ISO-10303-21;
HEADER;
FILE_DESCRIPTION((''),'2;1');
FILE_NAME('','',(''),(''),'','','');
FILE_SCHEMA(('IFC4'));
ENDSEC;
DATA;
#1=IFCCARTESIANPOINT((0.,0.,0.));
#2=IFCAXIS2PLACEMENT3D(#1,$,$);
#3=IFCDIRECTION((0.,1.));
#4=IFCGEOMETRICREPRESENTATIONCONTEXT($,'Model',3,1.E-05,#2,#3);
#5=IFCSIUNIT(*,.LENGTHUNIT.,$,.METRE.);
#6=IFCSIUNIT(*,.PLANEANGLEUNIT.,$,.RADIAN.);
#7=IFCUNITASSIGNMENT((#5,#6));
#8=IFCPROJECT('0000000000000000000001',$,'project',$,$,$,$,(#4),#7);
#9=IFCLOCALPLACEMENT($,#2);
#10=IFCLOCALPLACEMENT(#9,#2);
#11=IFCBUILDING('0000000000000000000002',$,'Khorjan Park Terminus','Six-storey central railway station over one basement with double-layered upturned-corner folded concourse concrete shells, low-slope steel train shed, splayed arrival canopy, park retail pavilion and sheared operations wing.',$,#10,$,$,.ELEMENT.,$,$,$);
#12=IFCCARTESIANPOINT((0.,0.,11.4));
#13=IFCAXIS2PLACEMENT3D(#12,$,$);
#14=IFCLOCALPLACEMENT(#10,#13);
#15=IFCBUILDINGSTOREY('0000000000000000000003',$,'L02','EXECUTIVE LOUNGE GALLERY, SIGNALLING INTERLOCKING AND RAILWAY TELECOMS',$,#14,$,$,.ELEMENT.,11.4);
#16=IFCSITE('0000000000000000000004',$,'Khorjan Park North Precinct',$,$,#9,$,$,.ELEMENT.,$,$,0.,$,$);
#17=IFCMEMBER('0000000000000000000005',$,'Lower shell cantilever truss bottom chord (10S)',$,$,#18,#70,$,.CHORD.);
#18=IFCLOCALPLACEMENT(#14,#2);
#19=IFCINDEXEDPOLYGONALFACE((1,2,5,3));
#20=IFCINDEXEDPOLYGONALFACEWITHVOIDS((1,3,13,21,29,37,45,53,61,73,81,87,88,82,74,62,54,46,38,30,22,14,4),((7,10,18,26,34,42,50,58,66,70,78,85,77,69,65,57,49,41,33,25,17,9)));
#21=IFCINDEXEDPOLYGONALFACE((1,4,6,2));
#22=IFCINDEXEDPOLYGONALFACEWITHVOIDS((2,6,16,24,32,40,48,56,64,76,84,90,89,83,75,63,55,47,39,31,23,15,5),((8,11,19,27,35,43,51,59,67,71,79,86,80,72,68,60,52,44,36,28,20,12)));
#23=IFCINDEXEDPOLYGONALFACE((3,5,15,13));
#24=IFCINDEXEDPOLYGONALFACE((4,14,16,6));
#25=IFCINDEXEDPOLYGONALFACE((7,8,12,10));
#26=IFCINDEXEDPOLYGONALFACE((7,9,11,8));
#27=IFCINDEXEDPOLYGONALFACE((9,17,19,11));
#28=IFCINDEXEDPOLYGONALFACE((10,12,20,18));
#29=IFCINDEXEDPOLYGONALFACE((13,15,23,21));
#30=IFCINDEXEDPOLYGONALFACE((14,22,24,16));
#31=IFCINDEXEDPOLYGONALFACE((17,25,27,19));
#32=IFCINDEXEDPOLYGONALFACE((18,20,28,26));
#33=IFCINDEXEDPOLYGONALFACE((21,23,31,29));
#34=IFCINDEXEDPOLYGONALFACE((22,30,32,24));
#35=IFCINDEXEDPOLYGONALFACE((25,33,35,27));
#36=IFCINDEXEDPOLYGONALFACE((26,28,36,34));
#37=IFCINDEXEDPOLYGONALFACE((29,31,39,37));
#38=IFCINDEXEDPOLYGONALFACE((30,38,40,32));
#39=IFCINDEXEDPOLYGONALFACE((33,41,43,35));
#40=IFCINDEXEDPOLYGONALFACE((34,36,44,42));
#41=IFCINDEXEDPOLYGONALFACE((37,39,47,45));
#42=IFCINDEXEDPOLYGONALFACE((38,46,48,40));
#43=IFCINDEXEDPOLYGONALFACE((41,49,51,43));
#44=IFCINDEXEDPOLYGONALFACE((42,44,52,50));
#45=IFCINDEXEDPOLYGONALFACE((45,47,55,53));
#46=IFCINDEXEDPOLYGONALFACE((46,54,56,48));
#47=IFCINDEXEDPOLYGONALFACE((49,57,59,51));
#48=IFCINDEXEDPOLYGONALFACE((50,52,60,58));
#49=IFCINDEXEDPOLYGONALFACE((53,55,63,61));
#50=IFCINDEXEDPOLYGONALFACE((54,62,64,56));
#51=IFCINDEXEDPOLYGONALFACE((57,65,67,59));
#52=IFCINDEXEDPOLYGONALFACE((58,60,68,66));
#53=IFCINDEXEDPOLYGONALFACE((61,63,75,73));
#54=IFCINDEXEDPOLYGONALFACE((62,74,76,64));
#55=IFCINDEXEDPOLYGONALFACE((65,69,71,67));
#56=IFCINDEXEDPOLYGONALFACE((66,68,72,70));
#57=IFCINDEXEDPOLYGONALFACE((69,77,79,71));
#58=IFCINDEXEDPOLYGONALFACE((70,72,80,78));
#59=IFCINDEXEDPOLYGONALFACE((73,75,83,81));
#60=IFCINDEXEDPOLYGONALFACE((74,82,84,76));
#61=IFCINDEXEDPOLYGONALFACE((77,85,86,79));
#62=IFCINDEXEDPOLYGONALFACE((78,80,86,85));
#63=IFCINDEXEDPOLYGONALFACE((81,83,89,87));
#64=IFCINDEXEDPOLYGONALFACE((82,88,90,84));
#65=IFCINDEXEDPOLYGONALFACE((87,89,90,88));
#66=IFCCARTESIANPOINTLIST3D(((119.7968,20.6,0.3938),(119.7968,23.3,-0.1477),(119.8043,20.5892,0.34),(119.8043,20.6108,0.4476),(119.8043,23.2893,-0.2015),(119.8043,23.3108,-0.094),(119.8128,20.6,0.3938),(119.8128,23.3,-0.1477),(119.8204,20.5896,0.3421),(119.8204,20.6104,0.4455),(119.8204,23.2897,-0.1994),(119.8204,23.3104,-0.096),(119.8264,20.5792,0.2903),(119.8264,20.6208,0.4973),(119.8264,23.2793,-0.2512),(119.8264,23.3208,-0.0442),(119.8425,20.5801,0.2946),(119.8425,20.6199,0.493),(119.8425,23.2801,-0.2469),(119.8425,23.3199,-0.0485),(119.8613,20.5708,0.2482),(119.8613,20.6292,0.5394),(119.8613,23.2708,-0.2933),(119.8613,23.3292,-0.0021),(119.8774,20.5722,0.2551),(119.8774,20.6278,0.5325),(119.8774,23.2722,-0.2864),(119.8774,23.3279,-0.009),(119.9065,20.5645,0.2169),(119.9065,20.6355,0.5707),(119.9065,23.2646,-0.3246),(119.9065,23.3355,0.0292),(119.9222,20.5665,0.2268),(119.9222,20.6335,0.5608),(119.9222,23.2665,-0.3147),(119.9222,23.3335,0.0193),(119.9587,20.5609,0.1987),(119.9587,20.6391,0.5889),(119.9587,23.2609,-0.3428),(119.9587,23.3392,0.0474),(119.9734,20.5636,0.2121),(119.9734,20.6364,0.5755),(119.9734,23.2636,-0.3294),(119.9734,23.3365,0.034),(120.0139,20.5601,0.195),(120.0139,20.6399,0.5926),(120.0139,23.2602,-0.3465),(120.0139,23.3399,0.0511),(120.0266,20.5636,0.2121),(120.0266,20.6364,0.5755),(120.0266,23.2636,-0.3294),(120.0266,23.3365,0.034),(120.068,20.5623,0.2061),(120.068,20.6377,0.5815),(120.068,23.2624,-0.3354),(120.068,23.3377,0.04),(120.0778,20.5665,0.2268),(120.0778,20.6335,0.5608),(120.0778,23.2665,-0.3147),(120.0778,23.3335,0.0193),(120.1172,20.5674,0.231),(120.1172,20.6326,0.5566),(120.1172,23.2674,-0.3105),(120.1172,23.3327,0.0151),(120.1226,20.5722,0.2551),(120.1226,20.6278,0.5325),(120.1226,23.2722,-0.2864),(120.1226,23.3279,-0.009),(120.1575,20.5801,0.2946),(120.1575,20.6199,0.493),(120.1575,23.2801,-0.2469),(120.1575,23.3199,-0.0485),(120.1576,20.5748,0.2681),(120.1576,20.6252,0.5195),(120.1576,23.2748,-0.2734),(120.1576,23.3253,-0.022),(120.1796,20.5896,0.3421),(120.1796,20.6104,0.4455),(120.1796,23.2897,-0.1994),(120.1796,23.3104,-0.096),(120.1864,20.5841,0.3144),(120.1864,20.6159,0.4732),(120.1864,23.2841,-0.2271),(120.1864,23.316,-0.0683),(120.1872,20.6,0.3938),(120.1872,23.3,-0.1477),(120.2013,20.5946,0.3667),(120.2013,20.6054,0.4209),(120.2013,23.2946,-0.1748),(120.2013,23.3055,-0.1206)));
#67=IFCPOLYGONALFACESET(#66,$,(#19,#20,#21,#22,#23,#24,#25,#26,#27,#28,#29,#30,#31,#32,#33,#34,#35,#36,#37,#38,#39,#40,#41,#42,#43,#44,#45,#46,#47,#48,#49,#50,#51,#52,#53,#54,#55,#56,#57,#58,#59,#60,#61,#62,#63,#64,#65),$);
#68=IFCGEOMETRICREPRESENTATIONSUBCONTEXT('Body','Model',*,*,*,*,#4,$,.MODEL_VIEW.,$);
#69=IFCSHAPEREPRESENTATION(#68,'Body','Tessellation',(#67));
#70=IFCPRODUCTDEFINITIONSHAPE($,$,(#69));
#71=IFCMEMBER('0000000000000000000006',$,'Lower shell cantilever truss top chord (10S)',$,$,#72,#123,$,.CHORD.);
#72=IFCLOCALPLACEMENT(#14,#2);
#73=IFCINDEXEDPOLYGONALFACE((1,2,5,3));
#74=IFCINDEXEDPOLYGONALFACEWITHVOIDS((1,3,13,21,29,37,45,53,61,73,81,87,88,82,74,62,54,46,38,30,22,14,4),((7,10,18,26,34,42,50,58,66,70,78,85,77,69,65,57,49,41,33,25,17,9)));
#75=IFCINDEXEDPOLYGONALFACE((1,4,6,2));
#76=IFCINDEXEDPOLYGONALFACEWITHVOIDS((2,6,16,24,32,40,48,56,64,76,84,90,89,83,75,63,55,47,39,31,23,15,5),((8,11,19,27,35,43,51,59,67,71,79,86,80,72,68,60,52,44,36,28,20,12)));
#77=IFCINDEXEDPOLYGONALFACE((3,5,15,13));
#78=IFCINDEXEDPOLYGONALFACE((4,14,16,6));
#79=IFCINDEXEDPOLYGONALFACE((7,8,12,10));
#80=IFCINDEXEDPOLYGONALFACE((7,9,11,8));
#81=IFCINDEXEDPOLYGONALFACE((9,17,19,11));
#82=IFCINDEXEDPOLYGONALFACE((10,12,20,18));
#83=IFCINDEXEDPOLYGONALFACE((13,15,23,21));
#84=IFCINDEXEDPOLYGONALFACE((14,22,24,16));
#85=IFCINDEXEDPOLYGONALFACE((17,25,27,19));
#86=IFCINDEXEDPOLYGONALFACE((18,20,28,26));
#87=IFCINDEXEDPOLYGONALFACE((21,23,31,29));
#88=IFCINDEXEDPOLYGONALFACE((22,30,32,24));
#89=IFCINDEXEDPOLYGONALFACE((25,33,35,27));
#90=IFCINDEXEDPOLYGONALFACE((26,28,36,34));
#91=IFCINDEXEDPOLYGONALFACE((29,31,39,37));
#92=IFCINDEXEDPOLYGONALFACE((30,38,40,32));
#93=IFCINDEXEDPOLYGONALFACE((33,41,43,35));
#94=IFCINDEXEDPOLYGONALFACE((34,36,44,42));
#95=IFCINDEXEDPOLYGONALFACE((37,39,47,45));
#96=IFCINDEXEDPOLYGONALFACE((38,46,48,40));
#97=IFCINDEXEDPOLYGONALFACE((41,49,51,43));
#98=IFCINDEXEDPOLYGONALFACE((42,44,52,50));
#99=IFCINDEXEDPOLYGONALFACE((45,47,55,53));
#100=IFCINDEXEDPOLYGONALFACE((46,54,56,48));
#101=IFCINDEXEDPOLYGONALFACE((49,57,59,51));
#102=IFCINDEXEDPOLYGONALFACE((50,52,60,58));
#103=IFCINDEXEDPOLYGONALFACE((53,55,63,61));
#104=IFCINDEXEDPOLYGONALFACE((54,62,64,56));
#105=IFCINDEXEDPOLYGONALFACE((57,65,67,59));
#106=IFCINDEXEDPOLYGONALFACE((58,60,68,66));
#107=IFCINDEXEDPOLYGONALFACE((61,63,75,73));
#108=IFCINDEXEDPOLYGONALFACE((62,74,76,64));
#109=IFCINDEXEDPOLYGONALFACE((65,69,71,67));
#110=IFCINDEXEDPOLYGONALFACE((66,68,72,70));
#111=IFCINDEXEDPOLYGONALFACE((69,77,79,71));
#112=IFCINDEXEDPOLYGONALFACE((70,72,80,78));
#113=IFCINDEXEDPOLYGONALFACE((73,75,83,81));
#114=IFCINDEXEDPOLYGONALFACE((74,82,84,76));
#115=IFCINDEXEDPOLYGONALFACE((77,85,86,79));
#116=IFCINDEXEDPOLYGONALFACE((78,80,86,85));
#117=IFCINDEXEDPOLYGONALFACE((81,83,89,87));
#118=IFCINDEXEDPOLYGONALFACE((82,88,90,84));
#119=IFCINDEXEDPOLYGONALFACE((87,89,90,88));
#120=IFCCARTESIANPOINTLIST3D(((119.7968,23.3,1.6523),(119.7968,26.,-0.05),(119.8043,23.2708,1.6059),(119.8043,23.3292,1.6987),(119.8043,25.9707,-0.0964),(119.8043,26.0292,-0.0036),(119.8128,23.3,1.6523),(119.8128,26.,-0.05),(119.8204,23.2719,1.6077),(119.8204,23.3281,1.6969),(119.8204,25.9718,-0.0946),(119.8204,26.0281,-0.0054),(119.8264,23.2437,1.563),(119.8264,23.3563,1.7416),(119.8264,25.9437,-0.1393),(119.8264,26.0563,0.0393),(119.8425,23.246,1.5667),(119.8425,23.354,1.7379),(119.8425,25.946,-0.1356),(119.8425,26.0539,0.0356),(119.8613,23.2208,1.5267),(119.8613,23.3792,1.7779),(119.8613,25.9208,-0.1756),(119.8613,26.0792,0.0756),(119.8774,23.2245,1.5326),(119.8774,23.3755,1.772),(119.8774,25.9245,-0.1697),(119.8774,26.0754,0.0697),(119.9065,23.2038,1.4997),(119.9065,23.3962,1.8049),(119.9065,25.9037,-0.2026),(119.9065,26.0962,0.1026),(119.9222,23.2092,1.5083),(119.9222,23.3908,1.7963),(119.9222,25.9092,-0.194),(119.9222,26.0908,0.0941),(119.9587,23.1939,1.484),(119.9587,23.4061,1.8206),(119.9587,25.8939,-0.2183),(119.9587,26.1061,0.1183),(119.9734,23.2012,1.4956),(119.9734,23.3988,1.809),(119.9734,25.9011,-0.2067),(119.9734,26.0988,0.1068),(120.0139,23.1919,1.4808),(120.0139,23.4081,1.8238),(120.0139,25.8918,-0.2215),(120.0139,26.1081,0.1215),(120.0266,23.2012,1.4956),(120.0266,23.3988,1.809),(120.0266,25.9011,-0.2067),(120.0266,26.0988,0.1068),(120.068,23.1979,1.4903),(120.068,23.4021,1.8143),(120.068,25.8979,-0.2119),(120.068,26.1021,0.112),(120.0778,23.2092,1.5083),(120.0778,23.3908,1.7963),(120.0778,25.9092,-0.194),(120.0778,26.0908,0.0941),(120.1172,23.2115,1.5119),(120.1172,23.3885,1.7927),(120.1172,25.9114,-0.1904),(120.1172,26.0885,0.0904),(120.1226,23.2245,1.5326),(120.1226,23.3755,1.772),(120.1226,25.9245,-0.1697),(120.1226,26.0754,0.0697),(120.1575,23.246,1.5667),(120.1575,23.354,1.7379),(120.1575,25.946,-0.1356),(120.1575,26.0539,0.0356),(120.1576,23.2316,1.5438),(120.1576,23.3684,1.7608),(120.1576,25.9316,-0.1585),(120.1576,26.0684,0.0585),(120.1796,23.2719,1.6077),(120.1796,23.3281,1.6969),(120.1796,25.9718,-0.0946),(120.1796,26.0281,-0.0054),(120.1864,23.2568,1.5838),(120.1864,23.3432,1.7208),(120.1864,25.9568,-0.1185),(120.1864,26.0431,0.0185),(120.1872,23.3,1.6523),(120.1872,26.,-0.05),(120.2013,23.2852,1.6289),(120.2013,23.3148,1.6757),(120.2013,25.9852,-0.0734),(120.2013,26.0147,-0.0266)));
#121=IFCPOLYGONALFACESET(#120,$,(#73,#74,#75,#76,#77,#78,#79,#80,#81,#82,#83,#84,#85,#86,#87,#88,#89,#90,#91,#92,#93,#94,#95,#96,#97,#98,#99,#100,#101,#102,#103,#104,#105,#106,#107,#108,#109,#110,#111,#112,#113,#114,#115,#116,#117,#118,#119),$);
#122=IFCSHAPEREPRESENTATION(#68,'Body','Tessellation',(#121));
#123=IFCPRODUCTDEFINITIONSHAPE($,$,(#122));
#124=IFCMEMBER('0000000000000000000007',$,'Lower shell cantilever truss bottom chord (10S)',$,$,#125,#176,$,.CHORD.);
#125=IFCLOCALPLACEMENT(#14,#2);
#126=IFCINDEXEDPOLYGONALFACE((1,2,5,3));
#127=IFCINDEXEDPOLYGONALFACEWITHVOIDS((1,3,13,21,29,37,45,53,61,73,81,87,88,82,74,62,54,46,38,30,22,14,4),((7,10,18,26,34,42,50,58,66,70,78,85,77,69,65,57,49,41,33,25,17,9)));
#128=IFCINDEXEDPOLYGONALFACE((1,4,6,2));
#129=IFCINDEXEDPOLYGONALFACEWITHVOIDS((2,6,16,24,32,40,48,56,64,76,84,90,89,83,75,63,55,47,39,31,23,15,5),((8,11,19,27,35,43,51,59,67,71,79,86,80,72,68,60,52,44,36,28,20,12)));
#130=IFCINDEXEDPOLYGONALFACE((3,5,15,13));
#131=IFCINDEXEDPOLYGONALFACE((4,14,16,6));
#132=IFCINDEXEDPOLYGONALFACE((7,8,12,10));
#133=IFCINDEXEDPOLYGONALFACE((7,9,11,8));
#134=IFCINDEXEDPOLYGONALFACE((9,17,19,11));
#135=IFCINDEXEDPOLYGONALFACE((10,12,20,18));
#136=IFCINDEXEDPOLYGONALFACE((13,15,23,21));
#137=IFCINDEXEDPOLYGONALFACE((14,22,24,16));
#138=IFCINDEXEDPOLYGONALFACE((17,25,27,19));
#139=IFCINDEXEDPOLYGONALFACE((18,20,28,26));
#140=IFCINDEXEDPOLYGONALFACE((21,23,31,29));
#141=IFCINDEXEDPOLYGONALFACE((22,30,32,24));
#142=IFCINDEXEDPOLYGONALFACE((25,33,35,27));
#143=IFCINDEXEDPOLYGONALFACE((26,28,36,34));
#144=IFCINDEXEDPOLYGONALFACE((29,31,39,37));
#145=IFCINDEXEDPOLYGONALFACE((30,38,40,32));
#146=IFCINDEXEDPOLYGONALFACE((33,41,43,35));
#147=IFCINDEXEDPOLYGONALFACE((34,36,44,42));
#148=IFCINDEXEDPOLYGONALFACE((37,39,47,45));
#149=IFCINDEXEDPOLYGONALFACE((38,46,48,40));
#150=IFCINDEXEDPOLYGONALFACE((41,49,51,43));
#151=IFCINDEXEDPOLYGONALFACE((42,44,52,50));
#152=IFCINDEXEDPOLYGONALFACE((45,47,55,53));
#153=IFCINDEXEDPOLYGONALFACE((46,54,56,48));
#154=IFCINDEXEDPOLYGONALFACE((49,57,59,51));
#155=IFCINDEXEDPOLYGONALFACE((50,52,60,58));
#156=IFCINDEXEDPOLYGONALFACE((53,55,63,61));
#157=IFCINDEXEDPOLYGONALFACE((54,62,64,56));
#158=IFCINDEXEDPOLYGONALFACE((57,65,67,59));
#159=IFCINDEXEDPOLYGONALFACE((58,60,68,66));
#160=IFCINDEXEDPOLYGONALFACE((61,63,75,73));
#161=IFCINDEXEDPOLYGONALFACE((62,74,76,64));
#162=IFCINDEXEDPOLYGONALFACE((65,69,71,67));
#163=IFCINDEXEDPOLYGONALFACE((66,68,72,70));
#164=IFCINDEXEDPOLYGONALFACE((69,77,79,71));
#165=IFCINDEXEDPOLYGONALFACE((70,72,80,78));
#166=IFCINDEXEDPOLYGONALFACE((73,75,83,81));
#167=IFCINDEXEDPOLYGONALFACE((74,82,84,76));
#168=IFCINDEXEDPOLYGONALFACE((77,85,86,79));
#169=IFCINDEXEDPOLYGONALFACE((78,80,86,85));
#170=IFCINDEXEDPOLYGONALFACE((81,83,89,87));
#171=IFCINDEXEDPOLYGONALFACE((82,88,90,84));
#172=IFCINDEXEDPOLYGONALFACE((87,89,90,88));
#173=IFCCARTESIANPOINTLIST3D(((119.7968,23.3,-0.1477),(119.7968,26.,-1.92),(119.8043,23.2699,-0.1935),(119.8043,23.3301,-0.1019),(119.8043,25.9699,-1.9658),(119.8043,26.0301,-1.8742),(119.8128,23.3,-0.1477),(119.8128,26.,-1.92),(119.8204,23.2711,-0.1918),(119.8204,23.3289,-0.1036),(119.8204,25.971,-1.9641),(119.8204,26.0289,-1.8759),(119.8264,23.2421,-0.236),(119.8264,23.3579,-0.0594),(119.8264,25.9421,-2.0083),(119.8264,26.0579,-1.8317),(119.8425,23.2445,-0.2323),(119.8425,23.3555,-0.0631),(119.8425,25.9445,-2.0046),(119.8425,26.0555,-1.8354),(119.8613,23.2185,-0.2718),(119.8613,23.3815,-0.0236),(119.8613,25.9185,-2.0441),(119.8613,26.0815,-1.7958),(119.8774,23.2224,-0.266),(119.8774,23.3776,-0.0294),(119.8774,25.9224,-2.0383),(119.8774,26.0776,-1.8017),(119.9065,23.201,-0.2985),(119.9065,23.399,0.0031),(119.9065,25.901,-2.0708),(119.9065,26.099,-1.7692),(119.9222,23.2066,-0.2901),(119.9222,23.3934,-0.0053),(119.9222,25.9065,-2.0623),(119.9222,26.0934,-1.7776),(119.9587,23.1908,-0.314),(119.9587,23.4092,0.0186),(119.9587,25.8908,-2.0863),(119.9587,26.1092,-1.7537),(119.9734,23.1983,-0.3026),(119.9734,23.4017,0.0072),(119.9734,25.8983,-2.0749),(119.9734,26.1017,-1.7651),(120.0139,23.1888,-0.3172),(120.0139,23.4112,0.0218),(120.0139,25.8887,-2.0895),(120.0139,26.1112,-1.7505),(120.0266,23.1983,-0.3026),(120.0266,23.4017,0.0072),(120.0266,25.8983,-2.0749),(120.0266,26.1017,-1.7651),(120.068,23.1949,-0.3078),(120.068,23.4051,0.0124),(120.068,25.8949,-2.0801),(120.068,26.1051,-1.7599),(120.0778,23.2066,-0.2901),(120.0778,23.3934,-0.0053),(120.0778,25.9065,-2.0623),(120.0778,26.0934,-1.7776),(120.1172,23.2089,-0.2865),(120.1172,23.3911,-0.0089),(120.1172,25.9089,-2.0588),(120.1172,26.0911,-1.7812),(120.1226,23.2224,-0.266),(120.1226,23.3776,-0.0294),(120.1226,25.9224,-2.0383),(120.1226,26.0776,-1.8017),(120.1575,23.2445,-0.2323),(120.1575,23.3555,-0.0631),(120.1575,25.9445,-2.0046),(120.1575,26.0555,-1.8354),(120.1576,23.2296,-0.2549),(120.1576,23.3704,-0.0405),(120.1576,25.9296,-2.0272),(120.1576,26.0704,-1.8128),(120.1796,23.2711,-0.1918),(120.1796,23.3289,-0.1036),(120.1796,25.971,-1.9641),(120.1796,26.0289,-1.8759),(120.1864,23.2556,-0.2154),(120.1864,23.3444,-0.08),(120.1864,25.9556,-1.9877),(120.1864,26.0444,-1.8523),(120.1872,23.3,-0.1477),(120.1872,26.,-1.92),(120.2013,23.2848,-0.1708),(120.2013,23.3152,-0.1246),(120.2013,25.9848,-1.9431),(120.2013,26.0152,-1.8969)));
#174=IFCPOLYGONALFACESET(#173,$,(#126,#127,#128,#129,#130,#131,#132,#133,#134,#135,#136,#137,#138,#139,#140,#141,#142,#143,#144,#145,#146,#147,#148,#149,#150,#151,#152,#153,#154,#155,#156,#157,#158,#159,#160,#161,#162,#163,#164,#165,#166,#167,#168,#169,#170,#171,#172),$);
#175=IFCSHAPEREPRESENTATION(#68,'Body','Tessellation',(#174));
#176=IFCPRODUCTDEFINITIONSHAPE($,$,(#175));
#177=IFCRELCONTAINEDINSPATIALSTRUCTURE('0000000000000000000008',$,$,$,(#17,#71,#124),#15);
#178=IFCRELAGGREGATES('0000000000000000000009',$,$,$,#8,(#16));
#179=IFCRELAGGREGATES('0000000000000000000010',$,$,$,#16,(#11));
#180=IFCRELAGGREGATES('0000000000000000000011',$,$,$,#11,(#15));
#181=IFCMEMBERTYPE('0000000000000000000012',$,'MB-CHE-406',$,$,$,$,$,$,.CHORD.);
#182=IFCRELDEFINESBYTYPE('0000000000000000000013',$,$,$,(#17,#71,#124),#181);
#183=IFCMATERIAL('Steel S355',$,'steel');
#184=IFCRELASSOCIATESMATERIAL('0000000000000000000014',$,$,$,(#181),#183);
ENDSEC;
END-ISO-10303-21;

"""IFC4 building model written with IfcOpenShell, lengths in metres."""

from ifc_helpers import new_model, si_unit, direction, frame, origin, origin_2d, place, context, subcontext, project, spatial, hollow_circle, extrude, material, material_profile, profile_set, type_object, element, save


model = new_model("IFC4")

# Units and contexts
model_context = context("Model", 3, precision=1e-05, world=origin(), true_north=direction((0.0, 1.0)))
body_context = subcontext(model_context, "Body", "Model", "MODEL_VIEW")
ifc_project = project(units=[si_unit("LENGTHUNIT", "METRE"), si_unit("PLANEANGLEUNIT", "RADIAN")], contexts=[model_context])

# Site, building, storey
site_placement = place(None, origin())
site = spatial("IfcSite", under=ifc_project, at=site_placement, Name="Khorjan Park North Precinct", CompositionType="ELEMENT", RefElevation=0.0)
building_placement = place(site_placement, origin())
building = spatial("IfcBuilding", under=site, at=building_placement, Name="Khorjan Park Terminus", Description="Six-storey central railway station over one basement with double-layered upturned-corner folded concourse concrete shells, low-slope steel train shed, splayed arrival canopy, park retail pavilion and sheared operations wing.", CompositionType="ELEMENT")
storey_placement = place(building_placement, frame((0.0, 0.0, 11.4)))
storey = spatial("IfcBuildingStorey", under=building, at=storey_placement, Name="L02", Description="EXECUTIVE LOUNGE GALLERY, SIGNALLING INTERLOCKING AND RAILWAY TELECOMS", CompositionType="ELEMENT", Elevation=11.4)

# Members
ifc_material_1 = material(Name="Steel S355", Category="steel")
ifc_material_profile_1 = material_profile(ifc_material_1, hollow_circle(Radius=0.2032, WallThickness=0.016, at=origin_2d()), Name="CHS 406.4x16")
ifc_profile_set_1 = profile_set([ifc_material_profile_1], Name="Steel S355")
member_type_1 = type_object("IfcMemberType", Name="MB-CHE-406", PredefinedType="CHORD", material=ifc_profile_set_1)
for number, where, z_axis, x_axis, name in (
    (1, (120.0, 20.6, 0.3938), (0.0, 0.980476, -0.19664), (-1.0, 0.0, 0.0), "Lower shell cantilever truss bottom chord (10S)"),
):
    element("IfcMember", number, at=place(storey_placement, frame(where, z_axis=z_axis, x_axis=x_axis)), inside=storey, type_object=member_type_1, Name=name, PredefinedType="CHORD", context=body_context, shape_type="SweptSolid", body=[
        extrude(hollow_circle(Radius=0.2032, WallThickness=0.016, at=origin_2d()), origin(), (0.0, 0.0, 1.0), 2.7538),
    ])
member_1_placement = place(storey_placement, frame((120.0, 23.3, 1.6523), z_axis=(0.0, 0.845908, -0.533329), x_axis=(-1.0, 0.0, 0.0)))
element("IfcMember", 2, at=member_1_placement, inside=storey, type_object=member_type_1, Name="Lower shell cantilever truss top chord (10S)", PredefinedType="CHORD", context=body_context, shape_type="SweptSolid", body=[
    extrude(hollow_circle(Radius=0.2032, WallThickness=0.016, at=origin_2d()), origin(), (0.0, 0.0, 1.0), 3.1918),
])
member_2_placement = place(storey_placement, frame((120.0, 23.3, -0.1477), z_axis=(0.0, 0.835988, -0.548748), x_axis=(-1.0, 0.0, 0.0)))
element("IfcMember", 3, at=member_2_placement, inside=storey, type_object=member_type_1, Name="Lower shell cantilever truss bottom chord (10S)", PredefinedType="CHORD", context=body_context, shape_type="SweptSolid", body=[
    extrude(hollow_circle(Radius=0.2032, WallThickness=0.016, at=origin_2d()), origin(), (0.0, 0.0, 1.0), 3.2297),
])

save(model, "model.ifc")
